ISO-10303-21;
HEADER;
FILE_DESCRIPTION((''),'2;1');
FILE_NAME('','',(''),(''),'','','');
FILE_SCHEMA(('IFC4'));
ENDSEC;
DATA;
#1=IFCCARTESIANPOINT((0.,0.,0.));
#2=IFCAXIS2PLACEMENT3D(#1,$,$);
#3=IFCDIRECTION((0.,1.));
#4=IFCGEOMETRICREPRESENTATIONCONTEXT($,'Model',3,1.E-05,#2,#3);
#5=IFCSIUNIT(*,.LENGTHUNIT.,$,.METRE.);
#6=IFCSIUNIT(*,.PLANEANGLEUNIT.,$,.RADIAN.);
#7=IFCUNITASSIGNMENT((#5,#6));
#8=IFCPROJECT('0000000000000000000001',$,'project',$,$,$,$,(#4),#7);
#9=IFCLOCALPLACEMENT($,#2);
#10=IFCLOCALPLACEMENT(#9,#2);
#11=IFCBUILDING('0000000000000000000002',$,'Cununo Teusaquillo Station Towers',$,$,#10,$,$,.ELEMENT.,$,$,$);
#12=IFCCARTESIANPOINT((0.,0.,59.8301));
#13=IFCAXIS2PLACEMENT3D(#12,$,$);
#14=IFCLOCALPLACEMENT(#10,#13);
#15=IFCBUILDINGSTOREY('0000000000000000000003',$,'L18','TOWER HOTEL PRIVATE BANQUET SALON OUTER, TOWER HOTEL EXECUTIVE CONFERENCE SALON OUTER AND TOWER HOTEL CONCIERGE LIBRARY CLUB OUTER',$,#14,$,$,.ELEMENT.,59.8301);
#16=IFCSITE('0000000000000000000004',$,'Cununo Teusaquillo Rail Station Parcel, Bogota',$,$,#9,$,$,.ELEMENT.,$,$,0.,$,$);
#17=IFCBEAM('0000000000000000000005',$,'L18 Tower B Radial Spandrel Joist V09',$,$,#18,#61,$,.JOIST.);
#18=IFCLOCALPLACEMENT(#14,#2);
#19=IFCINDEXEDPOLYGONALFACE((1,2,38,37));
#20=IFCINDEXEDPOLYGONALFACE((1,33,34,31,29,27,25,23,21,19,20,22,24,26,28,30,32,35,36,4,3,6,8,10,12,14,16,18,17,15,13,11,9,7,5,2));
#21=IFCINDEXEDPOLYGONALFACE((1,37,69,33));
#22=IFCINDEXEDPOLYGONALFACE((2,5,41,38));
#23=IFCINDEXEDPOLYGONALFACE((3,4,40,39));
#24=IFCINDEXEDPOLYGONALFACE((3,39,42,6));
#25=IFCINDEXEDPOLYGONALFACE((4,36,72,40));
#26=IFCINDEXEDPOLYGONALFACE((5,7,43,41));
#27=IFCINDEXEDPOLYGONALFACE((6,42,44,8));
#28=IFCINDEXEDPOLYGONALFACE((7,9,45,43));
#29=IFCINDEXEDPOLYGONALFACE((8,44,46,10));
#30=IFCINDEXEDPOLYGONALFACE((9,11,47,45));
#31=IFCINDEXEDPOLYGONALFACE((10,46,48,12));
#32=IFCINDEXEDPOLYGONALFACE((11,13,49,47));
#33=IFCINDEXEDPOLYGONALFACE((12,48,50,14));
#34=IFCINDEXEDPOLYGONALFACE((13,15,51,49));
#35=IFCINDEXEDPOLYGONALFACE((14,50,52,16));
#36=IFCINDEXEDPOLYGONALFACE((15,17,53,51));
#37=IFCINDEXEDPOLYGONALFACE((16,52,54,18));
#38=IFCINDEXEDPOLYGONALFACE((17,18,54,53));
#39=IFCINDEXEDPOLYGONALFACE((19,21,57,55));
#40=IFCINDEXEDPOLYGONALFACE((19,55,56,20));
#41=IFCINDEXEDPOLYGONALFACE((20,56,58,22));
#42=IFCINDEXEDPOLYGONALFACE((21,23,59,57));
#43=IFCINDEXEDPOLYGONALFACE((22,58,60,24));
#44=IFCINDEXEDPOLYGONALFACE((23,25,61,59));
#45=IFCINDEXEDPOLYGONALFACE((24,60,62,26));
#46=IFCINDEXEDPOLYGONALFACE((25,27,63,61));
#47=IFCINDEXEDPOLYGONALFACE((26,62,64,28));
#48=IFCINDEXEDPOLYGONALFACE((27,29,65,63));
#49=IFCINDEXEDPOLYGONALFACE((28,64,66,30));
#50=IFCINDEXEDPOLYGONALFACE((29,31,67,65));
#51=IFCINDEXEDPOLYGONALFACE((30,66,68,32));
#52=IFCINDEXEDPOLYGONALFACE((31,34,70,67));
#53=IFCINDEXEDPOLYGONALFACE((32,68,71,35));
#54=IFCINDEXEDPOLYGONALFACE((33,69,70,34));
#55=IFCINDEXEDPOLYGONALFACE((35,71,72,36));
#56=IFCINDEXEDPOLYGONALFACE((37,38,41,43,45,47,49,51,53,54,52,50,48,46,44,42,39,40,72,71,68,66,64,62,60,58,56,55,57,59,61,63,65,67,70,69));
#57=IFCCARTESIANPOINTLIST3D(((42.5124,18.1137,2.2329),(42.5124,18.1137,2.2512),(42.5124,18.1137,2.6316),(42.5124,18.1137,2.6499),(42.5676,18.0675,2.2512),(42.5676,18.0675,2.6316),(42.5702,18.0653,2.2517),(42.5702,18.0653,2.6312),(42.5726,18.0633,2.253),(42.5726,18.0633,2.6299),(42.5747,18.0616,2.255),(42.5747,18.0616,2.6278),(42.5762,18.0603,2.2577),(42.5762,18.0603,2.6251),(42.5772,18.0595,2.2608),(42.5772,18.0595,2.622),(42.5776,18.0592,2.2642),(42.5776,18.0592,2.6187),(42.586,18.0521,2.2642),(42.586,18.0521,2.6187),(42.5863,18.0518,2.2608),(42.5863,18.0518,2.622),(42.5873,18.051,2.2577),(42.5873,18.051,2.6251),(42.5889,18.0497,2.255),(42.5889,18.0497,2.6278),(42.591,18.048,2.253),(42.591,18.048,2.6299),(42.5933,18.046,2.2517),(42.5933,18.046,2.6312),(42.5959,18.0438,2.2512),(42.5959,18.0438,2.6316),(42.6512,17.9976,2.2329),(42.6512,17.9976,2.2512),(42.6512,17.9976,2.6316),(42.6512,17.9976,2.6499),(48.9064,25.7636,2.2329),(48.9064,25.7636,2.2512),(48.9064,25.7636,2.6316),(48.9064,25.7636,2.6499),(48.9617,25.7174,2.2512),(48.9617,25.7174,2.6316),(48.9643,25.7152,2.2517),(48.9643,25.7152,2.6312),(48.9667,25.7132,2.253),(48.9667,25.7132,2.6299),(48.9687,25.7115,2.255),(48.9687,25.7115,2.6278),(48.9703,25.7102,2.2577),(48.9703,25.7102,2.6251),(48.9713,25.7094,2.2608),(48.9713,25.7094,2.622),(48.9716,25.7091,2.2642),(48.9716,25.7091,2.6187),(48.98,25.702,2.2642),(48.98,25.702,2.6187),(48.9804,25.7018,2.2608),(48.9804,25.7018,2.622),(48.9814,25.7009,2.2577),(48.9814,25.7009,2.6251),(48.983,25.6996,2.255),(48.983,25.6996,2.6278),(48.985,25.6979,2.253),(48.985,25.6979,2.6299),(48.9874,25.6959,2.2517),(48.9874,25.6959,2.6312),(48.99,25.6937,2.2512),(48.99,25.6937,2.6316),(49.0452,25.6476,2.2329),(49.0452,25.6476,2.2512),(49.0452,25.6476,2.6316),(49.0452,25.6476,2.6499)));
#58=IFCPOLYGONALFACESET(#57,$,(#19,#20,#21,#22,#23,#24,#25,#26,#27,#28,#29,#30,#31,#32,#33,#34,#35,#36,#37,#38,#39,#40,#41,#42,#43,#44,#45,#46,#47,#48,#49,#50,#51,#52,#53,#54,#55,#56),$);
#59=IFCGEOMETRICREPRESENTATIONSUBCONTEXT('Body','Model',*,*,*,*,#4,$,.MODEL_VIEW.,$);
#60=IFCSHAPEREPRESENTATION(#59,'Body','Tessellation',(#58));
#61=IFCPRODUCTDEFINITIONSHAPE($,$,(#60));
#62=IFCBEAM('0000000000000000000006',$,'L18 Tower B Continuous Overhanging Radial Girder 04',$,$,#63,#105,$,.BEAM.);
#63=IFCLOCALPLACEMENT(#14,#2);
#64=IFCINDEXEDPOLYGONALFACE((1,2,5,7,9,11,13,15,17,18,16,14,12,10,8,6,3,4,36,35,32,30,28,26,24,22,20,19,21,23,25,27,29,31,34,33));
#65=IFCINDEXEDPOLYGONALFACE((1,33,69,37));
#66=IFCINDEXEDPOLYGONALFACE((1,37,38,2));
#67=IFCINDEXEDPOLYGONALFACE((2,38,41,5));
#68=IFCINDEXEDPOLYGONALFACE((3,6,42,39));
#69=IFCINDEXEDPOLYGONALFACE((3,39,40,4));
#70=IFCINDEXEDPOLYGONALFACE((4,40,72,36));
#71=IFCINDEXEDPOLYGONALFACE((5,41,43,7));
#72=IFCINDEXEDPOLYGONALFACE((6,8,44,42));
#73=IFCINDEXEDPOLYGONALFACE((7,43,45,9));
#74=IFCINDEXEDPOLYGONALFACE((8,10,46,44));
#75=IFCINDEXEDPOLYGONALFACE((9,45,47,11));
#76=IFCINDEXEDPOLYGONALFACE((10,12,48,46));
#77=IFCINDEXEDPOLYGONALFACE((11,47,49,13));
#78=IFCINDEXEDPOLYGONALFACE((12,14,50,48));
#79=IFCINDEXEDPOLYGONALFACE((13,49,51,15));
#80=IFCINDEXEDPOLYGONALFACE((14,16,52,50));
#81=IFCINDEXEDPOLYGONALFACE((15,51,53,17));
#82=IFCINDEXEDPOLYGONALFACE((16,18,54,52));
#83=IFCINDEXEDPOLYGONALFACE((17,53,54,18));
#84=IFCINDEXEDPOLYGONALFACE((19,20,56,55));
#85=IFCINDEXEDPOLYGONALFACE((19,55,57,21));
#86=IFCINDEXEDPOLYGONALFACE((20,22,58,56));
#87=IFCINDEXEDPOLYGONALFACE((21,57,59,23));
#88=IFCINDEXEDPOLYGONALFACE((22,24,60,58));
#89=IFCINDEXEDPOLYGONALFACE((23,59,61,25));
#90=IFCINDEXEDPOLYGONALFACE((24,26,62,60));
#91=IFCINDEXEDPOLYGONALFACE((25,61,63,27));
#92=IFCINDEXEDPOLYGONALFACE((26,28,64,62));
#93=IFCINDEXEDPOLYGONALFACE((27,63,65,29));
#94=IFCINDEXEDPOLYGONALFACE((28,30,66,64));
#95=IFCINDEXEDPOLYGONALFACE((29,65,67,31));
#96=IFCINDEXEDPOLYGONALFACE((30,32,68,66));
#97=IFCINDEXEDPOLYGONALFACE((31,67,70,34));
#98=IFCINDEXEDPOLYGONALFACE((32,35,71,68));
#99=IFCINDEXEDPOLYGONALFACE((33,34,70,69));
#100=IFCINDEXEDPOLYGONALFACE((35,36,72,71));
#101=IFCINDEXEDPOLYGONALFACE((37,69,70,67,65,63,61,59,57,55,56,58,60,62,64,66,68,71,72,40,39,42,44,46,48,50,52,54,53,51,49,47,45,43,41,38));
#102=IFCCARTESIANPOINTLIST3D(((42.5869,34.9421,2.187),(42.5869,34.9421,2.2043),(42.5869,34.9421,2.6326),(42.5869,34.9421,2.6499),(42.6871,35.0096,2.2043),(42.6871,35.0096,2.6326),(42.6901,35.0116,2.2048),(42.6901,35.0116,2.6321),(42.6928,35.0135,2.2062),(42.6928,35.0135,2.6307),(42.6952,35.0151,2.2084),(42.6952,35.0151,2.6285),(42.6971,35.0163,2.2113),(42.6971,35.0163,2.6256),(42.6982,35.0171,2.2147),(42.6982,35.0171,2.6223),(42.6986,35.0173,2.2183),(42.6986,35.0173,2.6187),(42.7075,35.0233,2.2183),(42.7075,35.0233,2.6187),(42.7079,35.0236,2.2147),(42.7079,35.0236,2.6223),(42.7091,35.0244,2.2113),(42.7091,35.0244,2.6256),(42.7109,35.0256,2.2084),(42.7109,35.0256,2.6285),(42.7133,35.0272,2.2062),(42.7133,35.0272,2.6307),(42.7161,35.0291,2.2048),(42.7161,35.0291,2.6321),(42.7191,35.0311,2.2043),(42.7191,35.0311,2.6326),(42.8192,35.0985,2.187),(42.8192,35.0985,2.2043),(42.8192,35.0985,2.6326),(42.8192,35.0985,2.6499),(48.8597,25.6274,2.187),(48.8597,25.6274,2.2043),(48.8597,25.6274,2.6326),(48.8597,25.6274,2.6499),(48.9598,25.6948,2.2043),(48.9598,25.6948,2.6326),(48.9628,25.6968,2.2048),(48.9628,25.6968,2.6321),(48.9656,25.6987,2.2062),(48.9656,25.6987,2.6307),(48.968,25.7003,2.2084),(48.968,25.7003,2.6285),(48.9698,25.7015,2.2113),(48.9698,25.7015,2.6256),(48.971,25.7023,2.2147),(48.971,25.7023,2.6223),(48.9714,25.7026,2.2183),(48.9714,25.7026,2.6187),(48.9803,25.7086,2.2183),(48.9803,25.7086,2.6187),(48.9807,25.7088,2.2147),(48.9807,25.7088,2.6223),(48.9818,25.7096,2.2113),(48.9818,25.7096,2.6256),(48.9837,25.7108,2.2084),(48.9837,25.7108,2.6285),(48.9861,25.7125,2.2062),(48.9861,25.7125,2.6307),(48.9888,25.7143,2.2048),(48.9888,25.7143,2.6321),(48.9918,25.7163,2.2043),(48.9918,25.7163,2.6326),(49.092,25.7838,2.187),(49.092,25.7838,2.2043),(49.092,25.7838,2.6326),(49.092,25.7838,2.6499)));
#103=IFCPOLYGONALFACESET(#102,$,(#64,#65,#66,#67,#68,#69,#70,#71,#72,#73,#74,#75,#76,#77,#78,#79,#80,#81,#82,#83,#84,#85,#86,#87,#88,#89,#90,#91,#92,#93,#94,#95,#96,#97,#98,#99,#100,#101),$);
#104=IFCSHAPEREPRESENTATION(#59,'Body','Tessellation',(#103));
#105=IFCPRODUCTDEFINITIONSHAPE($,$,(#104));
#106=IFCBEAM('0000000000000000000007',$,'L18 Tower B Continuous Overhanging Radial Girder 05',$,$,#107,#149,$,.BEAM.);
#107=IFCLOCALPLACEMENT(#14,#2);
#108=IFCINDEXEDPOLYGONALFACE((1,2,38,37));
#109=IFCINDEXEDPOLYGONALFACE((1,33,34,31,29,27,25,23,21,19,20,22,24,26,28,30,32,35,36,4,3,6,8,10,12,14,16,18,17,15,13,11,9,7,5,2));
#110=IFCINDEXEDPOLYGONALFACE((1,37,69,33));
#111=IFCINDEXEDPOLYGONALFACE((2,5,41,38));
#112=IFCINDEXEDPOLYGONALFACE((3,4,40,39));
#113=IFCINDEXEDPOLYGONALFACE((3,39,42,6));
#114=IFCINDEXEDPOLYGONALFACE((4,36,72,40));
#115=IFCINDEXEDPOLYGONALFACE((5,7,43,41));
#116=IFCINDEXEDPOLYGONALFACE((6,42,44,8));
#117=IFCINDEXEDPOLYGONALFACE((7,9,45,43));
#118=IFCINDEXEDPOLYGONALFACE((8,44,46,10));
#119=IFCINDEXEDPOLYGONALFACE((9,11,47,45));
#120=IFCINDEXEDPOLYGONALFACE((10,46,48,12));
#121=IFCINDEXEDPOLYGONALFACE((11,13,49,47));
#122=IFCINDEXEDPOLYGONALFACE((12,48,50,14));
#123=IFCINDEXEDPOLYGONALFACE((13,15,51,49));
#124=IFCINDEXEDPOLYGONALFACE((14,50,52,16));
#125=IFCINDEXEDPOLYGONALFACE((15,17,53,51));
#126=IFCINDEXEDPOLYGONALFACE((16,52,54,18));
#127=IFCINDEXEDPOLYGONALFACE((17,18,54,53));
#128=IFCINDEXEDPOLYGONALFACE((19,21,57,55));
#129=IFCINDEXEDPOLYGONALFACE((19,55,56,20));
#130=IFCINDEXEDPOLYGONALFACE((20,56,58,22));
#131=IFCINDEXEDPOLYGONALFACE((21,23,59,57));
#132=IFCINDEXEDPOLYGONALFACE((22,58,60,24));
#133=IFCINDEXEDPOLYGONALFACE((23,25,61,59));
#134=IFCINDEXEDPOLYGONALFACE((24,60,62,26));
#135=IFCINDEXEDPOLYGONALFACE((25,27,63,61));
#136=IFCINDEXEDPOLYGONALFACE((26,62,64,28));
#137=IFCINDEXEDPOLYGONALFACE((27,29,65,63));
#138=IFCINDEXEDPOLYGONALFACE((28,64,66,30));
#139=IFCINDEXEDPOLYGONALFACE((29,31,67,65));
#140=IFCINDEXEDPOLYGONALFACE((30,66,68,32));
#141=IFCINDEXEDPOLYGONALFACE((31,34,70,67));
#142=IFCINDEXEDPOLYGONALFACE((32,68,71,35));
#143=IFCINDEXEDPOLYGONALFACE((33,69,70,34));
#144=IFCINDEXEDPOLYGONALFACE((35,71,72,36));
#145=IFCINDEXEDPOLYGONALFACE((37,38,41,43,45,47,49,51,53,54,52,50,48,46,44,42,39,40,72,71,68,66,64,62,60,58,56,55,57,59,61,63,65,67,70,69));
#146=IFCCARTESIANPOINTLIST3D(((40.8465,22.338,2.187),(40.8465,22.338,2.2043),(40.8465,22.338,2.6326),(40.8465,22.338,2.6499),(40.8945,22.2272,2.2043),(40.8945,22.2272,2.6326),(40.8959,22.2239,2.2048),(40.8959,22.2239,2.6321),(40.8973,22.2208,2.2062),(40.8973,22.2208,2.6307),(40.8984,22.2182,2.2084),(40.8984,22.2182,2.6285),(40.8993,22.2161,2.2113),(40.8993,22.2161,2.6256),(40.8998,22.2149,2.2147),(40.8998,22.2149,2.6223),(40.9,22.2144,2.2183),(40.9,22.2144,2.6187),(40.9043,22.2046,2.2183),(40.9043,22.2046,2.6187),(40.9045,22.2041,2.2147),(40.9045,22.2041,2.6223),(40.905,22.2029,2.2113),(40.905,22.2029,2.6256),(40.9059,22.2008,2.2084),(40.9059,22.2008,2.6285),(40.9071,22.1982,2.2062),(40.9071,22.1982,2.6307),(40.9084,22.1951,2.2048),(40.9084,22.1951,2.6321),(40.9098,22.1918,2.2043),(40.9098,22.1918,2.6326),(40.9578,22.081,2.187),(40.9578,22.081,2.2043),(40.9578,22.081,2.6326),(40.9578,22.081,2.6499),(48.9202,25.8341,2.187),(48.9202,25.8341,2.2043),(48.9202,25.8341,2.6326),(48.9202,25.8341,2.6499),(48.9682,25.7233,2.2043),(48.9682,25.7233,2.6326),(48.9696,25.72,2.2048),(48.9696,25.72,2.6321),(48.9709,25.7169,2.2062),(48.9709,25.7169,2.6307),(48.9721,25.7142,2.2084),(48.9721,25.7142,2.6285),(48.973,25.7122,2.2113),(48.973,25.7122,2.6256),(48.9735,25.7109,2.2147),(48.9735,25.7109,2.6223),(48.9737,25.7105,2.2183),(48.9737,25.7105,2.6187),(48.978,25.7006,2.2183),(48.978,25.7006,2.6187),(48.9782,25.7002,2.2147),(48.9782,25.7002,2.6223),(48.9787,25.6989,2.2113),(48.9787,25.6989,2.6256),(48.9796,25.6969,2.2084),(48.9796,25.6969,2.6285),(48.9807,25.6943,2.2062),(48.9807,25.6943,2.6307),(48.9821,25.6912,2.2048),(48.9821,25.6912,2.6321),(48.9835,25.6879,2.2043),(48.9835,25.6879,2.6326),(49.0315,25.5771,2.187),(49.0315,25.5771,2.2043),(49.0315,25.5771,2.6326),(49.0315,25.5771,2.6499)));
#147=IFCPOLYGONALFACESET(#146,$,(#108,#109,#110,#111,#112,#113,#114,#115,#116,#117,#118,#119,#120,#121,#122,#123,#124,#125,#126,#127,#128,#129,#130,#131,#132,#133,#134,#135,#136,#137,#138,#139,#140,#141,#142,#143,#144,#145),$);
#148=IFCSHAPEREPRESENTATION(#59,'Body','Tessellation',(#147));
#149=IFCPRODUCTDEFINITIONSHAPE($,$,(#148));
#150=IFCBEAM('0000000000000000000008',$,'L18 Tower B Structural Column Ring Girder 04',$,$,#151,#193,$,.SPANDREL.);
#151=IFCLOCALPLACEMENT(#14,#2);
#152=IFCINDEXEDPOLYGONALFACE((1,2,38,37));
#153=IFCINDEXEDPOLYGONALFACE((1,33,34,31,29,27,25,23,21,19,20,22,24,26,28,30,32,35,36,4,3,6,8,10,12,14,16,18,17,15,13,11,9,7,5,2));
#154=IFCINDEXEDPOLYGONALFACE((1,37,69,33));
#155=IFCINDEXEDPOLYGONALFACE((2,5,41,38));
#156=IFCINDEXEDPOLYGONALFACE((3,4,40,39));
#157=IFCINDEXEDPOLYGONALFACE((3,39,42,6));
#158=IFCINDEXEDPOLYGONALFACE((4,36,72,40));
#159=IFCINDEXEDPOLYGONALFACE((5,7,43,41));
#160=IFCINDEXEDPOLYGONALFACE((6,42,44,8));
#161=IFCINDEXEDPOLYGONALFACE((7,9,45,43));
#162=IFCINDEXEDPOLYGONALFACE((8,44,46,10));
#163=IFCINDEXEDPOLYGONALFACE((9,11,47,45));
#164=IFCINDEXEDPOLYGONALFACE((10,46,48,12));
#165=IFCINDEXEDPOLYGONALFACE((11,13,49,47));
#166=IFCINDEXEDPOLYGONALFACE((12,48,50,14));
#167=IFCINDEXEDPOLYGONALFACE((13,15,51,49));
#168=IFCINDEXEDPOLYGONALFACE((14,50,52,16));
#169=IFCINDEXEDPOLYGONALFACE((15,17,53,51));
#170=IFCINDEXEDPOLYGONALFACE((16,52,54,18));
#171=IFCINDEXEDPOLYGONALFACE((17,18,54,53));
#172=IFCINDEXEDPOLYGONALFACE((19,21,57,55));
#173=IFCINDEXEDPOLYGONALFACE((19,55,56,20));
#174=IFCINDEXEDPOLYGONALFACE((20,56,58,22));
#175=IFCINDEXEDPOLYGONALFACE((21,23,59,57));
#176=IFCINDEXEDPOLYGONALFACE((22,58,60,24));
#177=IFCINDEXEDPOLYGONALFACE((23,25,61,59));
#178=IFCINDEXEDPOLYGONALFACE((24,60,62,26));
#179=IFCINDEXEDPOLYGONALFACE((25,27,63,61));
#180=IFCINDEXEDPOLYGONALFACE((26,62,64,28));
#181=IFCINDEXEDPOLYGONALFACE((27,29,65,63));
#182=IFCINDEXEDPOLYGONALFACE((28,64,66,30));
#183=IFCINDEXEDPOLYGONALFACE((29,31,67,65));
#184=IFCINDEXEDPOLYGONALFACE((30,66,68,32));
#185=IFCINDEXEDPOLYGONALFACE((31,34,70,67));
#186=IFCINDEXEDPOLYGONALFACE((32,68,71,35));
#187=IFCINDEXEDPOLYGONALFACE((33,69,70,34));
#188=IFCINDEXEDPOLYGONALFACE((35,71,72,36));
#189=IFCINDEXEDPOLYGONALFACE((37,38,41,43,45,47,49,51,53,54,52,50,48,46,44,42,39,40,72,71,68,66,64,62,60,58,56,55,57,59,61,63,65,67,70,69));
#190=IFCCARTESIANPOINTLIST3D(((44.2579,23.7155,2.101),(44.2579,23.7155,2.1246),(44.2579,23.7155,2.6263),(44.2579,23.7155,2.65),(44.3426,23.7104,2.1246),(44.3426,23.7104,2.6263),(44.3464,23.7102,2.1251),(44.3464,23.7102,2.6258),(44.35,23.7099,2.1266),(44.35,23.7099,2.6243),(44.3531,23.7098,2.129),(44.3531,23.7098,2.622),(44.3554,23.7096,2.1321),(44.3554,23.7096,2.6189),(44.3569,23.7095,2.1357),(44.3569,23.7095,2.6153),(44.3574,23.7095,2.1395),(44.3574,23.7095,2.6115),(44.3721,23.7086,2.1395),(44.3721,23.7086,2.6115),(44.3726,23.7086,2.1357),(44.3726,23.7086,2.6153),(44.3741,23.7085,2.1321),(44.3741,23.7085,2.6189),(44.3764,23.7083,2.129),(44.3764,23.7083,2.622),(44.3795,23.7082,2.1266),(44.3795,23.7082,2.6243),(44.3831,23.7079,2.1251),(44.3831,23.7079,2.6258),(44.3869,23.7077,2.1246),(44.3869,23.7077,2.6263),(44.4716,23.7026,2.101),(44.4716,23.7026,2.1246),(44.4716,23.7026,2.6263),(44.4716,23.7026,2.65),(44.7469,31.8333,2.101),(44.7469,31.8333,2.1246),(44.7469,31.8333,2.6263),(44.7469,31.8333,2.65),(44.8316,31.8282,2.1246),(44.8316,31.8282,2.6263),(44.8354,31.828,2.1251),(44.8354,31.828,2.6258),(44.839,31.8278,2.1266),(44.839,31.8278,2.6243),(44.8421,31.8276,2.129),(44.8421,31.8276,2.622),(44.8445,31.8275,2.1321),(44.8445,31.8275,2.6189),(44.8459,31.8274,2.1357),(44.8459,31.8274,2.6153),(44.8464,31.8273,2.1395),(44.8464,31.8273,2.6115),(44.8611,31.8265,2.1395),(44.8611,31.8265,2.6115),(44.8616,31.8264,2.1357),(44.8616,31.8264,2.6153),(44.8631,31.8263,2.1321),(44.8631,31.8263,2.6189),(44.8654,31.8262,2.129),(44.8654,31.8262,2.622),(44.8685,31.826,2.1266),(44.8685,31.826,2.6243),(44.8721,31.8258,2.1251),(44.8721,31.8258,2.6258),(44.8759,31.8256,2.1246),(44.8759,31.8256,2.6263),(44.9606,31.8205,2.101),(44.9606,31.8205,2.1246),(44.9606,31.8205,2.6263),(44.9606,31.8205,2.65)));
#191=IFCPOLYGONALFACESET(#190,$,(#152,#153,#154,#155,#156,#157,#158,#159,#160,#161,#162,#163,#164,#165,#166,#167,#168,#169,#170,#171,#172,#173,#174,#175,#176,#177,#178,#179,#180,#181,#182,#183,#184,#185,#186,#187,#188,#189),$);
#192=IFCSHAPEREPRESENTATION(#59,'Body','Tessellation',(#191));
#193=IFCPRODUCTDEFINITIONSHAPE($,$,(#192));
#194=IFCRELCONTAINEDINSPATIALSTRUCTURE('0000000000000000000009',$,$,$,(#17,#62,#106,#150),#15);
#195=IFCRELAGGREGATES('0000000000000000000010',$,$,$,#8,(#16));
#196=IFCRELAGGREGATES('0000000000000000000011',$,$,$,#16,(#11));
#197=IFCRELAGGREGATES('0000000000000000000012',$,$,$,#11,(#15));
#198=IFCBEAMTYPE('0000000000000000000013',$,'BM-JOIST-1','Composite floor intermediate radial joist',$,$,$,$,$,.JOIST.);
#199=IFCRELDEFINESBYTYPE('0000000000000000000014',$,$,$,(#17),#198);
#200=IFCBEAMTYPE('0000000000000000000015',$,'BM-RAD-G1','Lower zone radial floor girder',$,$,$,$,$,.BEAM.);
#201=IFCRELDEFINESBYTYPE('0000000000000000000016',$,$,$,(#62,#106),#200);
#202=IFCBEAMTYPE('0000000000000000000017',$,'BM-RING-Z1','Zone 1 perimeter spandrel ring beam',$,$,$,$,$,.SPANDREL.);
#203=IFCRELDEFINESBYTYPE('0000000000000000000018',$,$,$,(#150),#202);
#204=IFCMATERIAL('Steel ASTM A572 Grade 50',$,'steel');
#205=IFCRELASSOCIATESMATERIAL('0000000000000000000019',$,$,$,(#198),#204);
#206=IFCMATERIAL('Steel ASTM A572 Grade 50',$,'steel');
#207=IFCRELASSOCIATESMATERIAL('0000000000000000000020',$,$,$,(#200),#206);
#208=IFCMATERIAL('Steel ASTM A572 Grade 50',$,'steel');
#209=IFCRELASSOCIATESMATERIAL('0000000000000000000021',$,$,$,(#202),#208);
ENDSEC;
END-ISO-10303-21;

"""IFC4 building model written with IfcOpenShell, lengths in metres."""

from ifc_helpers import new_model, si_unit, direction, frame, origin, origin_2d, place, context, subcontext, project, spatial, i_section, extrude, material, material_profile, profile_set, type_object, element, save


model = new_model("IFC4")

# Units and contexts
model_context = context("Model", 3, precision=1e-05, world=origin(), true_north=direction((0.0, 1.0)))
body_context = subcontext(model_context, "Body", "Model", "MODEL_VIEW")
ifc_project = project(units=[si_unit("LENGTHUNIT", "METRE"), si_unit("PLANEANGLEUNIT", "RADIAN")], contexts=[model_context])

# Site, building, storey
site_placement = place(None, origin())
site = spatial("IfcSite", under=ifc_project, at=site_placement, Name="Cununo Teusaquillo Rail Station Parcel, Bogota", CompositionType="ELEMENT", RefElevation=0.0)
building_placement = place(site_placement, origin())
building = spatial("IfcBuilding", under=site, at=building_placement, Name="Cununo Teusaquillo Station Towers", CompositionType="ELEMENT")
storey_placement = place(building_placement, frame((0.0, 0.0, 59.8301)))
storey = spatial("IfcBuildingStorey", under=building, at=storey_placement, Name="L18", Description="TOWER HOTEL PRIVATE BANQUET SALON OUTER, TOWER HOTEL EXECUTIVE CONFERENCE SALON OUTER AND TOWER HOTEL CONCIERGE LIBRARY CLUB OUTER", CompositionType="ELEMENT", Elevation=59.8301)

# Beams
ifc_material_1 = material(Name="Steel ASTM A572 Grade 50", Category="steel")
ifc_material_profile_1 = material_profile(ifc_material_1, i_section(OverallWidth=0.1809, OverallDepth=0.417, WebThickness=0.011, FlangeThickness=0.0183, FilletRadius=0.0129, at=origin_2d()), Name="W16X57")
ifc_profile_set_1 = profile_set([ifc_material_profile_1], Name="Steel ASTM A572 Grade 50")
beam_type_1 = type_object("IfcBeamType", Name="BM-JOIST-1", Description="Composite floor intermediate radial joist", PredefinedType="JOIST", material=ifc_profile_set_1)
beam_1_placement = place(storey_placement, frame((48.9758, 25.7056, 2.4414), z_axis=(-0.641316, -0.767277, 0.0), x_axis=(0.767277, -0.641316, 0.0)))
element("IfcBeam", 1, at=beam_1_placement, inside=storey, type_object=beam_type_1, Name="L18 Tower B Radial Spandrel Joist V09", PredefinedType="JOIST", context=body_context, shape_type="SweptSolid", body=[
    extrude(i_section(OverallWidth=0.1809, OverallDepth=0.417, WebThickness=0.011, FlangeThickness=0.0183, FilletRadius=0.0129, at=origin_2d()), origin(), (0.0, 0.0, 1.0), 9.9702),
])
ifc_material_2 = material(Name="Steel ASTM A572 Grade 50", Category="steel")
ifc_material_profile_2 = material_profile(ifc_material_2, i_section(OverallWidth=0.28, OverallDepth=0.4629, WebThickness=0.0107, FlangeThickness=0.0173, FilletRadius=0.0139, at=origin_2d()), Name="W18X76")
ifc_profile_set_2 = profile_set([ifc_material_profile_2], Name="Steel ASTM A572 Grade 50")
beam_type_2 = type_object("IfcBeamType", Name="BM-RAD-G1", Description="Lower zone radial floor girder", PredefinedType="BEAM", material=ifc_profile_set_2)
beam_2_placement = place(storey_placement, frame((48.9758, 25.7056, 2.4185), z_axis=(-0.558572, 0.829456, 0.0), x_axis=(-0.829456, -0.558572, 0.0)))
element("IfcBeam", 2, at=beam_2_placement, inside=storey, type_object=beam_type_2, Name="L18 Tower B Continuous Overhanging Radial Girder 04", PredefinedType="BEAM", context=body_context, shape_type="SweptSolid", body=[
    extrude(i_section(OverallWidth=0.28, OverallDepth=0.4629, WebThickness=0.0107, FlangeThickness=0.0173, FilletRadius=0.0139, at=origin_2d()), origin(), (0.0, 0.0, 1.0), 11.23),
])
beam_3_placement = place(storey_placement, frame((48.9758, 25.7056, 2.4185), z_axis=(-0.91766, -0.397366, 0.0), x_axis=(0.397366, -0.91766, 0.0)))
element("IfcBeam", 3, at=beam_3_placement, inside=storey, type_object=beam_type_2, Name="L18 Tower B Continuous Overhanging Radial Girder 05", PredefinedType="BEAM", context=body_context, shape_type="SweptSolid", body=[
    extrude(i_section(OverallWidth=0.28, OverallDepth=0.4629, WebThickness=0.0107, FlangeThickness=0.0173, FilletRadius=0.0139, at=origin_2d()), origin(), (0.0, 0.0, 1.0), 8.7981),
])
ifc_material_3 = material(Name="Steel ASTM A572 Grade 50", Category="steel")
ifc_material_profile_3 = material_profile(ifc_material_3, i_section(OverallWidth=0.2141, OverallDepth=0.5491, WebThickness=0.0146, FlangeThickness=0.0237, FilletRadius=0.0149, at=origin_2d()), Name="W21X93")
ifc_profile_set_3 = profile_set([ifc_material_profile_3], Name="Steel ASTM A572 Grade 50")
beam_type_3 = type_object("IfcBeamType", Name="BM-RING-Z1", Description="Zone 1 perimeter spandrel ring beam", PredefinedType="SPANDREL", material=ifc_profile_set_3)
beam_4_placement = place(storey_placement, frame((44.8538, 31.8269, 2.3755), z_axis=(-0.06013, -0.998191, 0.0), x_axis=(0.998191, -0.06013, 0.0)))
element("IfcBeam", 4, at=beam_4_placement, inside=storey, type_object=beam_type_3, Name="L18 Tower B Structural Column Ring Girder 04", PredefinedType="SPANDREL", context=body_context, shape_type="SweptSolid", body=[
    extrude(i_section(OverallWidth=0.2141, OverallDepth=0.5491, WebThickness=0.0146, FlangeThickness=0.0237, FilletRadius=0.0149, at=origin_2d()), origin(), (0.0, 0.0, 1.0), 8.1326),
])

save(model, "model.ifc")
